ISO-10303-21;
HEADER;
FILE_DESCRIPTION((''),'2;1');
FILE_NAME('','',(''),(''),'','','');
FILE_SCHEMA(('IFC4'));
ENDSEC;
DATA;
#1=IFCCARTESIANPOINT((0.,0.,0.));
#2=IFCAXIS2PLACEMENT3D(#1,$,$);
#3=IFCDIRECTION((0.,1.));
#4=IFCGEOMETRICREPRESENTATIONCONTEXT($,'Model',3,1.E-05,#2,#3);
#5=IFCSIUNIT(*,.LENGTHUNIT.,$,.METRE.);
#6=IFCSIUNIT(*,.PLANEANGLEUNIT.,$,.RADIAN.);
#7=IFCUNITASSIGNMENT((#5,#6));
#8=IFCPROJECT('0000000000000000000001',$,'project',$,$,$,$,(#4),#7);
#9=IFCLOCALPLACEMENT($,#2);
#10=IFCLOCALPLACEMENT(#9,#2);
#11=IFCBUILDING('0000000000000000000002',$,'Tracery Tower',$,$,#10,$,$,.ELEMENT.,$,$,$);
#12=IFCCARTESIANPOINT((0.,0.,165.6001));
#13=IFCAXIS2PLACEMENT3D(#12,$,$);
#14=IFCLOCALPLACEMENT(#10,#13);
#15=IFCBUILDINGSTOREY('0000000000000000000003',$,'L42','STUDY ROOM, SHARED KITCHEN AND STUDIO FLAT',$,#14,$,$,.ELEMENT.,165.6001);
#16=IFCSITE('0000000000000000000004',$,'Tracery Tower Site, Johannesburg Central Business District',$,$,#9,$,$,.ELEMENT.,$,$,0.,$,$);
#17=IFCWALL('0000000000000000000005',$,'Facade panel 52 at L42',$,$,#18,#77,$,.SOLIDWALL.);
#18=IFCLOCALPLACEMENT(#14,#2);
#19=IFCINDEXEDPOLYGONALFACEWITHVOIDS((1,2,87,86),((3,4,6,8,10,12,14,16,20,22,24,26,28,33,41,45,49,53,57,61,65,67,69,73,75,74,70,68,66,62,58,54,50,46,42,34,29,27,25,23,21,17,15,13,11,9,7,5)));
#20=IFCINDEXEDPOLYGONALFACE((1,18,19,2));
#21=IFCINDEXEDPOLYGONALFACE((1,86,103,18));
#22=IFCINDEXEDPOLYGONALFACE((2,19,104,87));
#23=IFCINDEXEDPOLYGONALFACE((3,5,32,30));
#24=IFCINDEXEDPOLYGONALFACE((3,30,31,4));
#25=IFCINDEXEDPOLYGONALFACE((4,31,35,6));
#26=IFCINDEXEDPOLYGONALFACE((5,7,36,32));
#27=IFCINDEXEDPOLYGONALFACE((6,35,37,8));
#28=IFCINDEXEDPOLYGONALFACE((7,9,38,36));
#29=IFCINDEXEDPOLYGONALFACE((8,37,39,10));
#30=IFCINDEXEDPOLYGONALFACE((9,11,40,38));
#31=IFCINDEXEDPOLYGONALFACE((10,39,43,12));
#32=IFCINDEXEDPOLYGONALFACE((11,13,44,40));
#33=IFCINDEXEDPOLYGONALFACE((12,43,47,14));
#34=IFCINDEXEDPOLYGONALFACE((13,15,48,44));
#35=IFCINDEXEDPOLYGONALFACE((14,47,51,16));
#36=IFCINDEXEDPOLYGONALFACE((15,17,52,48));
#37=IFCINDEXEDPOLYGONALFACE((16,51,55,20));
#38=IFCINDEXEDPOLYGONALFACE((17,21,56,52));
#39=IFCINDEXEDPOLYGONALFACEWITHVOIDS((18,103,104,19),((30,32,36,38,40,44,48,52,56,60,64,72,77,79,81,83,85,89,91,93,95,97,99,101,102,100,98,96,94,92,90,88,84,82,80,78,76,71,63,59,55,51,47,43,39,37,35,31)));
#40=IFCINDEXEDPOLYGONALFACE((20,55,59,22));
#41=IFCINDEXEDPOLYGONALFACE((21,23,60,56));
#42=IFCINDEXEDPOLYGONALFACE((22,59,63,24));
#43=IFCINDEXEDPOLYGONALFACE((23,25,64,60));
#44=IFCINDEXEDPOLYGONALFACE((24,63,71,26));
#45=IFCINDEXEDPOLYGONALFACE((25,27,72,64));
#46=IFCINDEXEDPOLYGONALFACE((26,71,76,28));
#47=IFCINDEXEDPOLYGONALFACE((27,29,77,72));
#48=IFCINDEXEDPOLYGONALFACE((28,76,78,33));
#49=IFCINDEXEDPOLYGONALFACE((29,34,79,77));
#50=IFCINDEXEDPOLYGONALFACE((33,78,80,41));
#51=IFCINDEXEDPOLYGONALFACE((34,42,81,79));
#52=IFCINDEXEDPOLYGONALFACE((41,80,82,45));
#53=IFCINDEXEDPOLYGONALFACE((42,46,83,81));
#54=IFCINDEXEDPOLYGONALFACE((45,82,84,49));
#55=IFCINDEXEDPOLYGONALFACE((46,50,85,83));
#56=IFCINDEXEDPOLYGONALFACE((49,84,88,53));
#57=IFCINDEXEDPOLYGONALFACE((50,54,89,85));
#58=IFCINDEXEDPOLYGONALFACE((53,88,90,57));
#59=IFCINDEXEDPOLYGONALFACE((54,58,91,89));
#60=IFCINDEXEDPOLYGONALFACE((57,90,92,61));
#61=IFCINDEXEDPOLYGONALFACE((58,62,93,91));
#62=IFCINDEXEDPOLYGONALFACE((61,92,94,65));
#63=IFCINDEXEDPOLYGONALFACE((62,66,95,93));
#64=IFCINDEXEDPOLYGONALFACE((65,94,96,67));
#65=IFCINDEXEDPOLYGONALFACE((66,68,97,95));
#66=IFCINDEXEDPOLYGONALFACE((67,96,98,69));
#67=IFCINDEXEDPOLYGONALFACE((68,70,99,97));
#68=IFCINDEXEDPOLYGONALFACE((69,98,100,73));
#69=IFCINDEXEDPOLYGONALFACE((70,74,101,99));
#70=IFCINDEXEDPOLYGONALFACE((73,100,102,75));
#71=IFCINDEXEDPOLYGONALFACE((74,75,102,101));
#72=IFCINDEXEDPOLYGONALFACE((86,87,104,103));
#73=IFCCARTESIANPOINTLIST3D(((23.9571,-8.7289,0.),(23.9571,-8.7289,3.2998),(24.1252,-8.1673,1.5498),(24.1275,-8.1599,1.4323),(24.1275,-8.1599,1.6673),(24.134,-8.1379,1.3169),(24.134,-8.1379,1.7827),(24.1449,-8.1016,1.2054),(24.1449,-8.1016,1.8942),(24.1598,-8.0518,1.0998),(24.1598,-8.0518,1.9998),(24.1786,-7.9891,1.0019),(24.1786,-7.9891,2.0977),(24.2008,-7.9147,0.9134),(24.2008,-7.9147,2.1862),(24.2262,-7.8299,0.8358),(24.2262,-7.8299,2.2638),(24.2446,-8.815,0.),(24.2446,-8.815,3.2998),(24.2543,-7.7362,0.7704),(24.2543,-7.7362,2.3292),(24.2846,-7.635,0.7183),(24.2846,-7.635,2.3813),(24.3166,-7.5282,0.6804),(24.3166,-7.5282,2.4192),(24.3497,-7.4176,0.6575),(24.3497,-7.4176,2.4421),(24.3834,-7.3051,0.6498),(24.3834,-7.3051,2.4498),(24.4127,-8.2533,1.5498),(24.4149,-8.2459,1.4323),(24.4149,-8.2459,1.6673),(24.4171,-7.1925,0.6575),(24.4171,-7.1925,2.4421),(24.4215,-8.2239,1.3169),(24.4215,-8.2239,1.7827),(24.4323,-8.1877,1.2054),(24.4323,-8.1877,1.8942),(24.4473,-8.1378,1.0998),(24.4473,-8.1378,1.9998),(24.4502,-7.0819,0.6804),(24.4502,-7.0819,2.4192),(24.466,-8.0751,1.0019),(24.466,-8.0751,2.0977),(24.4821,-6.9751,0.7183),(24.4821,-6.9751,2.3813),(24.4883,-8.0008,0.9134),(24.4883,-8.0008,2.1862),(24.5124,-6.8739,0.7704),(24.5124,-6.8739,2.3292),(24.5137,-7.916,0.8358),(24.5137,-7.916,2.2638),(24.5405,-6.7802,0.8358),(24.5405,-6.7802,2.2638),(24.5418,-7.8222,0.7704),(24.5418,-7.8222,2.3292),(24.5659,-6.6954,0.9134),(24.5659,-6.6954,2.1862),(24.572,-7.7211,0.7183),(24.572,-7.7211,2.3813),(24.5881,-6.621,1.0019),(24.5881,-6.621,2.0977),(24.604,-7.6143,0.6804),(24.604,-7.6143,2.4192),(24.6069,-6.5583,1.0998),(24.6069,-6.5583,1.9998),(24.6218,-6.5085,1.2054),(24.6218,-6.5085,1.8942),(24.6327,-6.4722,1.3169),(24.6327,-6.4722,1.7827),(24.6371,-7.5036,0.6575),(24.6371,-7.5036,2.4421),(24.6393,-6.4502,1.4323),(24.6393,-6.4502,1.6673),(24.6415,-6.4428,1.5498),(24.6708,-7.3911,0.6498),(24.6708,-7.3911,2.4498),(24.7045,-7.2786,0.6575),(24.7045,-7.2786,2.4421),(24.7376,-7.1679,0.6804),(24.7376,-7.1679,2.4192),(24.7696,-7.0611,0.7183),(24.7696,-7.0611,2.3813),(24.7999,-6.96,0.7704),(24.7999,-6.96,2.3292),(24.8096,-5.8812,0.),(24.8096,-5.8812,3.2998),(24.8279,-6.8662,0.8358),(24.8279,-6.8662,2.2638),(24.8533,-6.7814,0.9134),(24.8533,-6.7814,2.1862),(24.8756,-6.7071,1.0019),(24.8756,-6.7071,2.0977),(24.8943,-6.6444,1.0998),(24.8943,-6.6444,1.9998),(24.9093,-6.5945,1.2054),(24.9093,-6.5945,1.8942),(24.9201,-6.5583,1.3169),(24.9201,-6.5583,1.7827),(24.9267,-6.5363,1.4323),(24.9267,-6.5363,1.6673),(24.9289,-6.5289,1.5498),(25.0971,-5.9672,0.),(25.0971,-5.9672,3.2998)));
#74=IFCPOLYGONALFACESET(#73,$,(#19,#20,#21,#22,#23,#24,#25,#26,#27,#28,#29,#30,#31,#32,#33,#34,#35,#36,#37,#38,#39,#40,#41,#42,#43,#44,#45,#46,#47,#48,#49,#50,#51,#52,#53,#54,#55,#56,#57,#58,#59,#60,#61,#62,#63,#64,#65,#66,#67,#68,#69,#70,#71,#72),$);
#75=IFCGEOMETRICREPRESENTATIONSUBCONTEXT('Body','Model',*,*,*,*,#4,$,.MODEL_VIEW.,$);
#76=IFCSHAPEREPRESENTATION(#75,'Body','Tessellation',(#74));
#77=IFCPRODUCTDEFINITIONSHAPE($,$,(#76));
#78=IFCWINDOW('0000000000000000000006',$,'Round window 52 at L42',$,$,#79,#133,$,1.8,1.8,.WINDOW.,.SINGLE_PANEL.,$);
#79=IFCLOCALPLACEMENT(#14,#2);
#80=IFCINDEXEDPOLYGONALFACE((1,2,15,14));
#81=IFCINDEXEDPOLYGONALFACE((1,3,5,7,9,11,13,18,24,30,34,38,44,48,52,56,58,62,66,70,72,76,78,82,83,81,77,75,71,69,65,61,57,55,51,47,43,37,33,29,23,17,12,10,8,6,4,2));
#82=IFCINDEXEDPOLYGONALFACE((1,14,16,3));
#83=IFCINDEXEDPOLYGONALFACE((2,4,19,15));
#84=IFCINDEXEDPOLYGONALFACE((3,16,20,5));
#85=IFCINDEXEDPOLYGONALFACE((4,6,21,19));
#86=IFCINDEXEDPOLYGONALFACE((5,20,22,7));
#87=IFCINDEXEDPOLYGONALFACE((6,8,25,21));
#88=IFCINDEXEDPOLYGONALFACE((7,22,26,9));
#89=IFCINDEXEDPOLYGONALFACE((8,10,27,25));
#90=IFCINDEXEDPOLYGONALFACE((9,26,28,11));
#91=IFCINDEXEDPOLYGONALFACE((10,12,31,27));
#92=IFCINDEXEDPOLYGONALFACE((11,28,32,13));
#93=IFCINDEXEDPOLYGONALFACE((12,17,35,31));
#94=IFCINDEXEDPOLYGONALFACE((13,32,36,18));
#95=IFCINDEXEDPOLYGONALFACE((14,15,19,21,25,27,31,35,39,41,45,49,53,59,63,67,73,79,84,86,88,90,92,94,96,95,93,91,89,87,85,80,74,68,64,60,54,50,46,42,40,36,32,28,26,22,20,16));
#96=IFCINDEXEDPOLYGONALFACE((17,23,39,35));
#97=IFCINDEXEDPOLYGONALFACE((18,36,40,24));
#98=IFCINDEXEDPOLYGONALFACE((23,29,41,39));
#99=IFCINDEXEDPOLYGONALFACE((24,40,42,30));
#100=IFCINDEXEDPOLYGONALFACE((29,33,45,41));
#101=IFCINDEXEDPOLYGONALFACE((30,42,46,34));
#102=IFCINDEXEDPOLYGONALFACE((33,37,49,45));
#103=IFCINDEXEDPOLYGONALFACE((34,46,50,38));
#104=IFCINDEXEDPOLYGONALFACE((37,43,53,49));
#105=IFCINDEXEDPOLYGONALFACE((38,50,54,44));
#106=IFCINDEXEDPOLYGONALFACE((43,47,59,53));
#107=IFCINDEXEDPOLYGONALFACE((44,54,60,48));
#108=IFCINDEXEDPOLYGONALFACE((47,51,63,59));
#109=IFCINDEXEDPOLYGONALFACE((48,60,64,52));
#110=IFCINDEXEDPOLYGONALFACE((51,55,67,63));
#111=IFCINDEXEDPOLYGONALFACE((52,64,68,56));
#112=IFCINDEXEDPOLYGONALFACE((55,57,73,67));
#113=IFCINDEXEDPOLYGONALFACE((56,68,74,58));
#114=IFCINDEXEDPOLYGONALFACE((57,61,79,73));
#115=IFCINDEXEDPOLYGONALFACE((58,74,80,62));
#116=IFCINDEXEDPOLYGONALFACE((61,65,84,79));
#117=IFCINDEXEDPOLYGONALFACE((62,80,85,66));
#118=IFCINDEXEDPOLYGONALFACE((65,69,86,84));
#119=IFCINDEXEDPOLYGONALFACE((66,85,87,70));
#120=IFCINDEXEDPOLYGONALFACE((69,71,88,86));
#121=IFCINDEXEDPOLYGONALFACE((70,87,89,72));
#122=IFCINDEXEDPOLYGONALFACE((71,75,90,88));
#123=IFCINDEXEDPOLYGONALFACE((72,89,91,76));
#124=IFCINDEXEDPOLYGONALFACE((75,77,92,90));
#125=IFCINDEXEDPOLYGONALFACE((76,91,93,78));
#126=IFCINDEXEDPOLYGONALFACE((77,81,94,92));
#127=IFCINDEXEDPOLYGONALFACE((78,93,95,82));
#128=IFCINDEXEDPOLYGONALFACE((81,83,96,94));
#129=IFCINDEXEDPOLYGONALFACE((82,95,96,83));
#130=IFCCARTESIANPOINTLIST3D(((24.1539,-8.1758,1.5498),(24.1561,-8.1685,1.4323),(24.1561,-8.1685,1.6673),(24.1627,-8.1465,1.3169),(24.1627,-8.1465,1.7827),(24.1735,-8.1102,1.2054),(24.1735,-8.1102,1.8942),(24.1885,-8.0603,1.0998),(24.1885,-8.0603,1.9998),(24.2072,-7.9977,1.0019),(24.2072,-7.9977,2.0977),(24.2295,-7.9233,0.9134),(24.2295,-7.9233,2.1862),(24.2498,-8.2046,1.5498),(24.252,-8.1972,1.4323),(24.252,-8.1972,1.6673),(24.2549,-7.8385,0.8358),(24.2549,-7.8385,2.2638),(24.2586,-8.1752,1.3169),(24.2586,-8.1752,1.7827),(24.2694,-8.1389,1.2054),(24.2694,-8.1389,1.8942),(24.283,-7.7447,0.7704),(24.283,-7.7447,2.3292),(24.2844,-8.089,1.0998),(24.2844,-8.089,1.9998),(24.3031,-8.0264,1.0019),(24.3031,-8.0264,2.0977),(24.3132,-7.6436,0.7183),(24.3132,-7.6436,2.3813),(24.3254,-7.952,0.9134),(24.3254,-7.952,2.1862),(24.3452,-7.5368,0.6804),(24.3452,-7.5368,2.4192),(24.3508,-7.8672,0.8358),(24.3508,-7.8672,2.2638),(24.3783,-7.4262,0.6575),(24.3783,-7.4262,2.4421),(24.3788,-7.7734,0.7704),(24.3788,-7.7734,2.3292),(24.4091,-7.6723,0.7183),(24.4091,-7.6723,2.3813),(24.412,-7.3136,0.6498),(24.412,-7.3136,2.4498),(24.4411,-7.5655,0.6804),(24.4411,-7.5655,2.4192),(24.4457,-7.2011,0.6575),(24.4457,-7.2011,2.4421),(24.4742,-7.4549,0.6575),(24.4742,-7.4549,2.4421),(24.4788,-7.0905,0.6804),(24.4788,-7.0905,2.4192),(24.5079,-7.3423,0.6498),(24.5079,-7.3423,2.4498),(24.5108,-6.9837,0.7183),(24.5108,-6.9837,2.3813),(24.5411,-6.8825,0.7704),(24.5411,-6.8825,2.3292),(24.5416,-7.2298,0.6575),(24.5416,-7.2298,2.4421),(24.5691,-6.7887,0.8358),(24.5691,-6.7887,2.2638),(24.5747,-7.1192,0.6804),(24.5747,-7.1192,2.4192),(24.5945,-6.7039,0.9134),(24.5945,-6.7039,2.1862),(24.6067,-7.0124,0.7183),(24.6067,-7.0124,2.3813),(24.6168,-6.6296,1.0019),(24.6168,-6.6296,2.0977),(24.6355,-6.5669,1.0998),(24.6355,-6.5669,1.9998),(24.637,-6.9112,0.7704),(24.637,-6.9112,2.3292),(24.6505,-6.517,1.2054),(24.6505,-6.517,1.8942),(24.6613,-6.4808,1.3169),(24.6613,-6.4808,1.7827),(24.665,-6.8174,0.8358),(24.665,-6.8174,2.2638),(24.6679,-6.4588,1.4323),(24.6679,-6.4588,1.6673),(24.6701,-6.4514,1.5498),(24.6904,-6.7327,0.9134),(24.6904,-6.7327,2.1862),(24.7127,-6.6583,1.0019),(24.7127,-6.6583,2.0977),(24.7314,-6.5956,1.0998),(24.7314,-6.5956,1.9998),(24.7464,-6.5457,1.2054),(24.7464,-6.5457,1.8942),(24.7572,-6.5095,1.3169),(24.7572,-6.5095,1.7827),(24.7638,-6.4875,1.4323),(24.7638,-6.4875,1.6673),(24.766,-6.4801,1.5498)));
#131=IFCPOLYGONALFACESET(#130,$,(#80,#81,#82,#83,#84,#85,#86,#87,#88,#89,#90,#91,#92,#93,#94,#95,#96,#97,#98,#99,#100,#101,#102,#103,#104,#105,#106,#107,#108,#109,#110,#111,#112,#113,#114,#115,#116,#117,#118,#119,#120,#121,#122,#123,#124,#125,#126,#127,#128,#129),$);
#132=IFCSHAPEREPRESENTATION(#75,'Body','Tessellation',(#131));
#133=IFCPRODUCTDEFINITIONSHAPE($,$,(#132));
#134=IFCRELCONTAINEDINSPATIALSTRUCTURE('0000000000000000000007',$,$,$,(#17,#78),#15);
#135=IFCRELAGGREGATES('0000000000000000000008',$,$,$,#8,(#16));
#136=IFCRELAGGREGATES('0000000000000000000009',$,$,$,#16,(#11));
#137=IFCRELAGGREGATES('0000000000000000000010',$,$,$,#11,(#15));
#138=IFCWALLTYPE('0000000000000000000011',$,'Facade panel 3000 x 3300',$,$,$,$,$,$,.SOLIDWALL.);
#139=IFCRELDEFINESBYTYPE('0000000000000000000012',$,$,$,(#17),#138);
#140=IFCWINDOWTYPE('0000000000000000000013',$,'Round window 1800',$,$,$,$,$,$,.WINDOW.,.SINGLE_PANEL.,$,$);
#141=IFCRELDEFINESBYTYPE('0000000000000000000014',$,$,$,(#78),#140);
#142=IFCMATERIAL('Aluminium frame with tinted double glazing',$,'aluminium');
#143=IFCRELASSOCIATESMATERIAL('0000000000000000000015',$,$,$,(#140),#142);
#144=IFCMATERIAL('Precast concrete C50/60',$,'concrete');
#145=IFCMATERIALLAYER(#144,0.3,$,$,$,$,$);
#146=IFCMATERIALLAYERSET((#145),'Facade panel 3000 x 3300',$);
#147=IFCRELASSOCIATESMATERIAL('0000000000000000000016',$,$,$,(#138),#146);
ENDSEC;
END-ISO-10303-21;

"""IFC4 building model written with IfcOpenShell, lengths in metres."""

from ifc_helpers import new_model, si_unit, direction, frame, frame_2d, origin, origin_2d, place, context, subcontext, project, spatial, rectangle, circle, extrude, material, layer, layer_set, type_object, element, fill, save


model = new_model("IFC4")

# Units and contexts
model_context = context("Model", 3, precision=1e-05, world=origin(), true_north=direction((0.0, 1.0)))
body_context = subcontext(model_context, "Body", "Model", "MODEL_VIEW")
ifc_project = project(units=[si_unit("LENGTHUNIT", "METRE"), si_unit("PLANEANGLEUNIT", "RADIAN")], contexts=[model_context])

# Site, building, storey
site_placement = place(None, origin())
site = spatial("IfcSite", under=ifc_project, at=site_placement, Name="Tracery Tower Site, Johannesburg Central Business District", CompositionType="ELEMENT", RefElevation=0.0)
building_placement = place(site_placement, origin())
building = spatial("IfcBuilding", under=site, at=building_placement, Name="Tracery Tower", CompositionType="ELEMENT")
storey_placement = place(building_placement, frame((0.0, 0.0, 165.6001)))
storey = spatial("IfcBuildingStorey", under=building, at=storey_placement, Name="L42", Description="STUDY ROOM, SHARED KITCHEN AND STUDIO FLAT", CompositionType="ELEMENT", Elevation=165.6001)

# Wall, opening, window
ifc_material_1 = material(Name="Aluminium frame with tinted double glazing", Category="aluminium")
window_type = type_object("IfcWindowType", Name="Round window 1800", PartitioningType="SINGLE_PANEL", PredefinedType="WINDOW", material=ifc_material_1)
ifc_material_2 = material(Name="Precast concrete C50/60", Category="concrete")
ifc_layer_1 = layer(ifc_material_2, 0.3)
ifc_layer_set_1 = layer_set([ifc_layer_1], Name="Facade panel 3000 x 3300")
wall_type_1 = type_object("IfcWallType", Name="Facade panel 3000 x 3300", PredefinedType="SOLIDWALL", material=ifc_layer_set_1)
wall_1_placement = place(storey_placement, frame((24.1008, -8.772, 0.0), z_axis=(0.0, 0.0, 1.0), x_axis=(0.286783, 0.957996, 0.0)))
wall_1 = element("IfcWall", 1, at=wall_1_placement, inside=storey, type_object=wall_type_1, Name="Facade panel 52 at L42", PredefinedType="SOLIDWALL", context=body_context, shape_type="SweptSolid", body=[
    extrude(rectangle(XDim=2.9727, YDim=0.3, at=frame_2d((1.4863, 0.0))), origin(), (0.0, 0.0, 1.0), 3.2998),
])
opening_1_placement = place(wall_1_placement, frame((1.4863, 0.0, 1.5498)))
opening_1 = element("IfcOpeningElement", 2, at=opening_1_placement, cuts=wall_1, PredefinedType="OPENING", context=body_context, shape_type="SweptSolid", body=[
    extrude(circle(Radius=0.9, at=origin_2d()), frame((0.0, 0.1599, 0.0), z_axis=(0.0, -1.0, 0.0), x_axis=(1.0, 0.0, 0.0)), (0.0, 0.0, 1.0), 0.3201),
])
window_1_placement = place(opening_1_placement, origin())
window_1 = element("IfcWindow", 3, at=window_1_placement, inside=storey, type_object=window_type, Name="Round window 52 at L42", OverallHeight=1.8, OverallWidth=1.8, PartitioningType="SINGLE_PANEL", PredefinedType="WINDOW", context=body_context, shape_type="SweptSolid", body=[
    extrude(circle(Radius=0.9, at=origin_2d()), frame((0.0, 0.1201, 0.0), z_axis=(0.0, -1.0, 0.0), x_axis=(1.0, 0.0, 0.0)), (0.0, 0.0, 1.0), 0.1001),
])
fill(opening_1, window_1)

save(model, "model.ifc")
